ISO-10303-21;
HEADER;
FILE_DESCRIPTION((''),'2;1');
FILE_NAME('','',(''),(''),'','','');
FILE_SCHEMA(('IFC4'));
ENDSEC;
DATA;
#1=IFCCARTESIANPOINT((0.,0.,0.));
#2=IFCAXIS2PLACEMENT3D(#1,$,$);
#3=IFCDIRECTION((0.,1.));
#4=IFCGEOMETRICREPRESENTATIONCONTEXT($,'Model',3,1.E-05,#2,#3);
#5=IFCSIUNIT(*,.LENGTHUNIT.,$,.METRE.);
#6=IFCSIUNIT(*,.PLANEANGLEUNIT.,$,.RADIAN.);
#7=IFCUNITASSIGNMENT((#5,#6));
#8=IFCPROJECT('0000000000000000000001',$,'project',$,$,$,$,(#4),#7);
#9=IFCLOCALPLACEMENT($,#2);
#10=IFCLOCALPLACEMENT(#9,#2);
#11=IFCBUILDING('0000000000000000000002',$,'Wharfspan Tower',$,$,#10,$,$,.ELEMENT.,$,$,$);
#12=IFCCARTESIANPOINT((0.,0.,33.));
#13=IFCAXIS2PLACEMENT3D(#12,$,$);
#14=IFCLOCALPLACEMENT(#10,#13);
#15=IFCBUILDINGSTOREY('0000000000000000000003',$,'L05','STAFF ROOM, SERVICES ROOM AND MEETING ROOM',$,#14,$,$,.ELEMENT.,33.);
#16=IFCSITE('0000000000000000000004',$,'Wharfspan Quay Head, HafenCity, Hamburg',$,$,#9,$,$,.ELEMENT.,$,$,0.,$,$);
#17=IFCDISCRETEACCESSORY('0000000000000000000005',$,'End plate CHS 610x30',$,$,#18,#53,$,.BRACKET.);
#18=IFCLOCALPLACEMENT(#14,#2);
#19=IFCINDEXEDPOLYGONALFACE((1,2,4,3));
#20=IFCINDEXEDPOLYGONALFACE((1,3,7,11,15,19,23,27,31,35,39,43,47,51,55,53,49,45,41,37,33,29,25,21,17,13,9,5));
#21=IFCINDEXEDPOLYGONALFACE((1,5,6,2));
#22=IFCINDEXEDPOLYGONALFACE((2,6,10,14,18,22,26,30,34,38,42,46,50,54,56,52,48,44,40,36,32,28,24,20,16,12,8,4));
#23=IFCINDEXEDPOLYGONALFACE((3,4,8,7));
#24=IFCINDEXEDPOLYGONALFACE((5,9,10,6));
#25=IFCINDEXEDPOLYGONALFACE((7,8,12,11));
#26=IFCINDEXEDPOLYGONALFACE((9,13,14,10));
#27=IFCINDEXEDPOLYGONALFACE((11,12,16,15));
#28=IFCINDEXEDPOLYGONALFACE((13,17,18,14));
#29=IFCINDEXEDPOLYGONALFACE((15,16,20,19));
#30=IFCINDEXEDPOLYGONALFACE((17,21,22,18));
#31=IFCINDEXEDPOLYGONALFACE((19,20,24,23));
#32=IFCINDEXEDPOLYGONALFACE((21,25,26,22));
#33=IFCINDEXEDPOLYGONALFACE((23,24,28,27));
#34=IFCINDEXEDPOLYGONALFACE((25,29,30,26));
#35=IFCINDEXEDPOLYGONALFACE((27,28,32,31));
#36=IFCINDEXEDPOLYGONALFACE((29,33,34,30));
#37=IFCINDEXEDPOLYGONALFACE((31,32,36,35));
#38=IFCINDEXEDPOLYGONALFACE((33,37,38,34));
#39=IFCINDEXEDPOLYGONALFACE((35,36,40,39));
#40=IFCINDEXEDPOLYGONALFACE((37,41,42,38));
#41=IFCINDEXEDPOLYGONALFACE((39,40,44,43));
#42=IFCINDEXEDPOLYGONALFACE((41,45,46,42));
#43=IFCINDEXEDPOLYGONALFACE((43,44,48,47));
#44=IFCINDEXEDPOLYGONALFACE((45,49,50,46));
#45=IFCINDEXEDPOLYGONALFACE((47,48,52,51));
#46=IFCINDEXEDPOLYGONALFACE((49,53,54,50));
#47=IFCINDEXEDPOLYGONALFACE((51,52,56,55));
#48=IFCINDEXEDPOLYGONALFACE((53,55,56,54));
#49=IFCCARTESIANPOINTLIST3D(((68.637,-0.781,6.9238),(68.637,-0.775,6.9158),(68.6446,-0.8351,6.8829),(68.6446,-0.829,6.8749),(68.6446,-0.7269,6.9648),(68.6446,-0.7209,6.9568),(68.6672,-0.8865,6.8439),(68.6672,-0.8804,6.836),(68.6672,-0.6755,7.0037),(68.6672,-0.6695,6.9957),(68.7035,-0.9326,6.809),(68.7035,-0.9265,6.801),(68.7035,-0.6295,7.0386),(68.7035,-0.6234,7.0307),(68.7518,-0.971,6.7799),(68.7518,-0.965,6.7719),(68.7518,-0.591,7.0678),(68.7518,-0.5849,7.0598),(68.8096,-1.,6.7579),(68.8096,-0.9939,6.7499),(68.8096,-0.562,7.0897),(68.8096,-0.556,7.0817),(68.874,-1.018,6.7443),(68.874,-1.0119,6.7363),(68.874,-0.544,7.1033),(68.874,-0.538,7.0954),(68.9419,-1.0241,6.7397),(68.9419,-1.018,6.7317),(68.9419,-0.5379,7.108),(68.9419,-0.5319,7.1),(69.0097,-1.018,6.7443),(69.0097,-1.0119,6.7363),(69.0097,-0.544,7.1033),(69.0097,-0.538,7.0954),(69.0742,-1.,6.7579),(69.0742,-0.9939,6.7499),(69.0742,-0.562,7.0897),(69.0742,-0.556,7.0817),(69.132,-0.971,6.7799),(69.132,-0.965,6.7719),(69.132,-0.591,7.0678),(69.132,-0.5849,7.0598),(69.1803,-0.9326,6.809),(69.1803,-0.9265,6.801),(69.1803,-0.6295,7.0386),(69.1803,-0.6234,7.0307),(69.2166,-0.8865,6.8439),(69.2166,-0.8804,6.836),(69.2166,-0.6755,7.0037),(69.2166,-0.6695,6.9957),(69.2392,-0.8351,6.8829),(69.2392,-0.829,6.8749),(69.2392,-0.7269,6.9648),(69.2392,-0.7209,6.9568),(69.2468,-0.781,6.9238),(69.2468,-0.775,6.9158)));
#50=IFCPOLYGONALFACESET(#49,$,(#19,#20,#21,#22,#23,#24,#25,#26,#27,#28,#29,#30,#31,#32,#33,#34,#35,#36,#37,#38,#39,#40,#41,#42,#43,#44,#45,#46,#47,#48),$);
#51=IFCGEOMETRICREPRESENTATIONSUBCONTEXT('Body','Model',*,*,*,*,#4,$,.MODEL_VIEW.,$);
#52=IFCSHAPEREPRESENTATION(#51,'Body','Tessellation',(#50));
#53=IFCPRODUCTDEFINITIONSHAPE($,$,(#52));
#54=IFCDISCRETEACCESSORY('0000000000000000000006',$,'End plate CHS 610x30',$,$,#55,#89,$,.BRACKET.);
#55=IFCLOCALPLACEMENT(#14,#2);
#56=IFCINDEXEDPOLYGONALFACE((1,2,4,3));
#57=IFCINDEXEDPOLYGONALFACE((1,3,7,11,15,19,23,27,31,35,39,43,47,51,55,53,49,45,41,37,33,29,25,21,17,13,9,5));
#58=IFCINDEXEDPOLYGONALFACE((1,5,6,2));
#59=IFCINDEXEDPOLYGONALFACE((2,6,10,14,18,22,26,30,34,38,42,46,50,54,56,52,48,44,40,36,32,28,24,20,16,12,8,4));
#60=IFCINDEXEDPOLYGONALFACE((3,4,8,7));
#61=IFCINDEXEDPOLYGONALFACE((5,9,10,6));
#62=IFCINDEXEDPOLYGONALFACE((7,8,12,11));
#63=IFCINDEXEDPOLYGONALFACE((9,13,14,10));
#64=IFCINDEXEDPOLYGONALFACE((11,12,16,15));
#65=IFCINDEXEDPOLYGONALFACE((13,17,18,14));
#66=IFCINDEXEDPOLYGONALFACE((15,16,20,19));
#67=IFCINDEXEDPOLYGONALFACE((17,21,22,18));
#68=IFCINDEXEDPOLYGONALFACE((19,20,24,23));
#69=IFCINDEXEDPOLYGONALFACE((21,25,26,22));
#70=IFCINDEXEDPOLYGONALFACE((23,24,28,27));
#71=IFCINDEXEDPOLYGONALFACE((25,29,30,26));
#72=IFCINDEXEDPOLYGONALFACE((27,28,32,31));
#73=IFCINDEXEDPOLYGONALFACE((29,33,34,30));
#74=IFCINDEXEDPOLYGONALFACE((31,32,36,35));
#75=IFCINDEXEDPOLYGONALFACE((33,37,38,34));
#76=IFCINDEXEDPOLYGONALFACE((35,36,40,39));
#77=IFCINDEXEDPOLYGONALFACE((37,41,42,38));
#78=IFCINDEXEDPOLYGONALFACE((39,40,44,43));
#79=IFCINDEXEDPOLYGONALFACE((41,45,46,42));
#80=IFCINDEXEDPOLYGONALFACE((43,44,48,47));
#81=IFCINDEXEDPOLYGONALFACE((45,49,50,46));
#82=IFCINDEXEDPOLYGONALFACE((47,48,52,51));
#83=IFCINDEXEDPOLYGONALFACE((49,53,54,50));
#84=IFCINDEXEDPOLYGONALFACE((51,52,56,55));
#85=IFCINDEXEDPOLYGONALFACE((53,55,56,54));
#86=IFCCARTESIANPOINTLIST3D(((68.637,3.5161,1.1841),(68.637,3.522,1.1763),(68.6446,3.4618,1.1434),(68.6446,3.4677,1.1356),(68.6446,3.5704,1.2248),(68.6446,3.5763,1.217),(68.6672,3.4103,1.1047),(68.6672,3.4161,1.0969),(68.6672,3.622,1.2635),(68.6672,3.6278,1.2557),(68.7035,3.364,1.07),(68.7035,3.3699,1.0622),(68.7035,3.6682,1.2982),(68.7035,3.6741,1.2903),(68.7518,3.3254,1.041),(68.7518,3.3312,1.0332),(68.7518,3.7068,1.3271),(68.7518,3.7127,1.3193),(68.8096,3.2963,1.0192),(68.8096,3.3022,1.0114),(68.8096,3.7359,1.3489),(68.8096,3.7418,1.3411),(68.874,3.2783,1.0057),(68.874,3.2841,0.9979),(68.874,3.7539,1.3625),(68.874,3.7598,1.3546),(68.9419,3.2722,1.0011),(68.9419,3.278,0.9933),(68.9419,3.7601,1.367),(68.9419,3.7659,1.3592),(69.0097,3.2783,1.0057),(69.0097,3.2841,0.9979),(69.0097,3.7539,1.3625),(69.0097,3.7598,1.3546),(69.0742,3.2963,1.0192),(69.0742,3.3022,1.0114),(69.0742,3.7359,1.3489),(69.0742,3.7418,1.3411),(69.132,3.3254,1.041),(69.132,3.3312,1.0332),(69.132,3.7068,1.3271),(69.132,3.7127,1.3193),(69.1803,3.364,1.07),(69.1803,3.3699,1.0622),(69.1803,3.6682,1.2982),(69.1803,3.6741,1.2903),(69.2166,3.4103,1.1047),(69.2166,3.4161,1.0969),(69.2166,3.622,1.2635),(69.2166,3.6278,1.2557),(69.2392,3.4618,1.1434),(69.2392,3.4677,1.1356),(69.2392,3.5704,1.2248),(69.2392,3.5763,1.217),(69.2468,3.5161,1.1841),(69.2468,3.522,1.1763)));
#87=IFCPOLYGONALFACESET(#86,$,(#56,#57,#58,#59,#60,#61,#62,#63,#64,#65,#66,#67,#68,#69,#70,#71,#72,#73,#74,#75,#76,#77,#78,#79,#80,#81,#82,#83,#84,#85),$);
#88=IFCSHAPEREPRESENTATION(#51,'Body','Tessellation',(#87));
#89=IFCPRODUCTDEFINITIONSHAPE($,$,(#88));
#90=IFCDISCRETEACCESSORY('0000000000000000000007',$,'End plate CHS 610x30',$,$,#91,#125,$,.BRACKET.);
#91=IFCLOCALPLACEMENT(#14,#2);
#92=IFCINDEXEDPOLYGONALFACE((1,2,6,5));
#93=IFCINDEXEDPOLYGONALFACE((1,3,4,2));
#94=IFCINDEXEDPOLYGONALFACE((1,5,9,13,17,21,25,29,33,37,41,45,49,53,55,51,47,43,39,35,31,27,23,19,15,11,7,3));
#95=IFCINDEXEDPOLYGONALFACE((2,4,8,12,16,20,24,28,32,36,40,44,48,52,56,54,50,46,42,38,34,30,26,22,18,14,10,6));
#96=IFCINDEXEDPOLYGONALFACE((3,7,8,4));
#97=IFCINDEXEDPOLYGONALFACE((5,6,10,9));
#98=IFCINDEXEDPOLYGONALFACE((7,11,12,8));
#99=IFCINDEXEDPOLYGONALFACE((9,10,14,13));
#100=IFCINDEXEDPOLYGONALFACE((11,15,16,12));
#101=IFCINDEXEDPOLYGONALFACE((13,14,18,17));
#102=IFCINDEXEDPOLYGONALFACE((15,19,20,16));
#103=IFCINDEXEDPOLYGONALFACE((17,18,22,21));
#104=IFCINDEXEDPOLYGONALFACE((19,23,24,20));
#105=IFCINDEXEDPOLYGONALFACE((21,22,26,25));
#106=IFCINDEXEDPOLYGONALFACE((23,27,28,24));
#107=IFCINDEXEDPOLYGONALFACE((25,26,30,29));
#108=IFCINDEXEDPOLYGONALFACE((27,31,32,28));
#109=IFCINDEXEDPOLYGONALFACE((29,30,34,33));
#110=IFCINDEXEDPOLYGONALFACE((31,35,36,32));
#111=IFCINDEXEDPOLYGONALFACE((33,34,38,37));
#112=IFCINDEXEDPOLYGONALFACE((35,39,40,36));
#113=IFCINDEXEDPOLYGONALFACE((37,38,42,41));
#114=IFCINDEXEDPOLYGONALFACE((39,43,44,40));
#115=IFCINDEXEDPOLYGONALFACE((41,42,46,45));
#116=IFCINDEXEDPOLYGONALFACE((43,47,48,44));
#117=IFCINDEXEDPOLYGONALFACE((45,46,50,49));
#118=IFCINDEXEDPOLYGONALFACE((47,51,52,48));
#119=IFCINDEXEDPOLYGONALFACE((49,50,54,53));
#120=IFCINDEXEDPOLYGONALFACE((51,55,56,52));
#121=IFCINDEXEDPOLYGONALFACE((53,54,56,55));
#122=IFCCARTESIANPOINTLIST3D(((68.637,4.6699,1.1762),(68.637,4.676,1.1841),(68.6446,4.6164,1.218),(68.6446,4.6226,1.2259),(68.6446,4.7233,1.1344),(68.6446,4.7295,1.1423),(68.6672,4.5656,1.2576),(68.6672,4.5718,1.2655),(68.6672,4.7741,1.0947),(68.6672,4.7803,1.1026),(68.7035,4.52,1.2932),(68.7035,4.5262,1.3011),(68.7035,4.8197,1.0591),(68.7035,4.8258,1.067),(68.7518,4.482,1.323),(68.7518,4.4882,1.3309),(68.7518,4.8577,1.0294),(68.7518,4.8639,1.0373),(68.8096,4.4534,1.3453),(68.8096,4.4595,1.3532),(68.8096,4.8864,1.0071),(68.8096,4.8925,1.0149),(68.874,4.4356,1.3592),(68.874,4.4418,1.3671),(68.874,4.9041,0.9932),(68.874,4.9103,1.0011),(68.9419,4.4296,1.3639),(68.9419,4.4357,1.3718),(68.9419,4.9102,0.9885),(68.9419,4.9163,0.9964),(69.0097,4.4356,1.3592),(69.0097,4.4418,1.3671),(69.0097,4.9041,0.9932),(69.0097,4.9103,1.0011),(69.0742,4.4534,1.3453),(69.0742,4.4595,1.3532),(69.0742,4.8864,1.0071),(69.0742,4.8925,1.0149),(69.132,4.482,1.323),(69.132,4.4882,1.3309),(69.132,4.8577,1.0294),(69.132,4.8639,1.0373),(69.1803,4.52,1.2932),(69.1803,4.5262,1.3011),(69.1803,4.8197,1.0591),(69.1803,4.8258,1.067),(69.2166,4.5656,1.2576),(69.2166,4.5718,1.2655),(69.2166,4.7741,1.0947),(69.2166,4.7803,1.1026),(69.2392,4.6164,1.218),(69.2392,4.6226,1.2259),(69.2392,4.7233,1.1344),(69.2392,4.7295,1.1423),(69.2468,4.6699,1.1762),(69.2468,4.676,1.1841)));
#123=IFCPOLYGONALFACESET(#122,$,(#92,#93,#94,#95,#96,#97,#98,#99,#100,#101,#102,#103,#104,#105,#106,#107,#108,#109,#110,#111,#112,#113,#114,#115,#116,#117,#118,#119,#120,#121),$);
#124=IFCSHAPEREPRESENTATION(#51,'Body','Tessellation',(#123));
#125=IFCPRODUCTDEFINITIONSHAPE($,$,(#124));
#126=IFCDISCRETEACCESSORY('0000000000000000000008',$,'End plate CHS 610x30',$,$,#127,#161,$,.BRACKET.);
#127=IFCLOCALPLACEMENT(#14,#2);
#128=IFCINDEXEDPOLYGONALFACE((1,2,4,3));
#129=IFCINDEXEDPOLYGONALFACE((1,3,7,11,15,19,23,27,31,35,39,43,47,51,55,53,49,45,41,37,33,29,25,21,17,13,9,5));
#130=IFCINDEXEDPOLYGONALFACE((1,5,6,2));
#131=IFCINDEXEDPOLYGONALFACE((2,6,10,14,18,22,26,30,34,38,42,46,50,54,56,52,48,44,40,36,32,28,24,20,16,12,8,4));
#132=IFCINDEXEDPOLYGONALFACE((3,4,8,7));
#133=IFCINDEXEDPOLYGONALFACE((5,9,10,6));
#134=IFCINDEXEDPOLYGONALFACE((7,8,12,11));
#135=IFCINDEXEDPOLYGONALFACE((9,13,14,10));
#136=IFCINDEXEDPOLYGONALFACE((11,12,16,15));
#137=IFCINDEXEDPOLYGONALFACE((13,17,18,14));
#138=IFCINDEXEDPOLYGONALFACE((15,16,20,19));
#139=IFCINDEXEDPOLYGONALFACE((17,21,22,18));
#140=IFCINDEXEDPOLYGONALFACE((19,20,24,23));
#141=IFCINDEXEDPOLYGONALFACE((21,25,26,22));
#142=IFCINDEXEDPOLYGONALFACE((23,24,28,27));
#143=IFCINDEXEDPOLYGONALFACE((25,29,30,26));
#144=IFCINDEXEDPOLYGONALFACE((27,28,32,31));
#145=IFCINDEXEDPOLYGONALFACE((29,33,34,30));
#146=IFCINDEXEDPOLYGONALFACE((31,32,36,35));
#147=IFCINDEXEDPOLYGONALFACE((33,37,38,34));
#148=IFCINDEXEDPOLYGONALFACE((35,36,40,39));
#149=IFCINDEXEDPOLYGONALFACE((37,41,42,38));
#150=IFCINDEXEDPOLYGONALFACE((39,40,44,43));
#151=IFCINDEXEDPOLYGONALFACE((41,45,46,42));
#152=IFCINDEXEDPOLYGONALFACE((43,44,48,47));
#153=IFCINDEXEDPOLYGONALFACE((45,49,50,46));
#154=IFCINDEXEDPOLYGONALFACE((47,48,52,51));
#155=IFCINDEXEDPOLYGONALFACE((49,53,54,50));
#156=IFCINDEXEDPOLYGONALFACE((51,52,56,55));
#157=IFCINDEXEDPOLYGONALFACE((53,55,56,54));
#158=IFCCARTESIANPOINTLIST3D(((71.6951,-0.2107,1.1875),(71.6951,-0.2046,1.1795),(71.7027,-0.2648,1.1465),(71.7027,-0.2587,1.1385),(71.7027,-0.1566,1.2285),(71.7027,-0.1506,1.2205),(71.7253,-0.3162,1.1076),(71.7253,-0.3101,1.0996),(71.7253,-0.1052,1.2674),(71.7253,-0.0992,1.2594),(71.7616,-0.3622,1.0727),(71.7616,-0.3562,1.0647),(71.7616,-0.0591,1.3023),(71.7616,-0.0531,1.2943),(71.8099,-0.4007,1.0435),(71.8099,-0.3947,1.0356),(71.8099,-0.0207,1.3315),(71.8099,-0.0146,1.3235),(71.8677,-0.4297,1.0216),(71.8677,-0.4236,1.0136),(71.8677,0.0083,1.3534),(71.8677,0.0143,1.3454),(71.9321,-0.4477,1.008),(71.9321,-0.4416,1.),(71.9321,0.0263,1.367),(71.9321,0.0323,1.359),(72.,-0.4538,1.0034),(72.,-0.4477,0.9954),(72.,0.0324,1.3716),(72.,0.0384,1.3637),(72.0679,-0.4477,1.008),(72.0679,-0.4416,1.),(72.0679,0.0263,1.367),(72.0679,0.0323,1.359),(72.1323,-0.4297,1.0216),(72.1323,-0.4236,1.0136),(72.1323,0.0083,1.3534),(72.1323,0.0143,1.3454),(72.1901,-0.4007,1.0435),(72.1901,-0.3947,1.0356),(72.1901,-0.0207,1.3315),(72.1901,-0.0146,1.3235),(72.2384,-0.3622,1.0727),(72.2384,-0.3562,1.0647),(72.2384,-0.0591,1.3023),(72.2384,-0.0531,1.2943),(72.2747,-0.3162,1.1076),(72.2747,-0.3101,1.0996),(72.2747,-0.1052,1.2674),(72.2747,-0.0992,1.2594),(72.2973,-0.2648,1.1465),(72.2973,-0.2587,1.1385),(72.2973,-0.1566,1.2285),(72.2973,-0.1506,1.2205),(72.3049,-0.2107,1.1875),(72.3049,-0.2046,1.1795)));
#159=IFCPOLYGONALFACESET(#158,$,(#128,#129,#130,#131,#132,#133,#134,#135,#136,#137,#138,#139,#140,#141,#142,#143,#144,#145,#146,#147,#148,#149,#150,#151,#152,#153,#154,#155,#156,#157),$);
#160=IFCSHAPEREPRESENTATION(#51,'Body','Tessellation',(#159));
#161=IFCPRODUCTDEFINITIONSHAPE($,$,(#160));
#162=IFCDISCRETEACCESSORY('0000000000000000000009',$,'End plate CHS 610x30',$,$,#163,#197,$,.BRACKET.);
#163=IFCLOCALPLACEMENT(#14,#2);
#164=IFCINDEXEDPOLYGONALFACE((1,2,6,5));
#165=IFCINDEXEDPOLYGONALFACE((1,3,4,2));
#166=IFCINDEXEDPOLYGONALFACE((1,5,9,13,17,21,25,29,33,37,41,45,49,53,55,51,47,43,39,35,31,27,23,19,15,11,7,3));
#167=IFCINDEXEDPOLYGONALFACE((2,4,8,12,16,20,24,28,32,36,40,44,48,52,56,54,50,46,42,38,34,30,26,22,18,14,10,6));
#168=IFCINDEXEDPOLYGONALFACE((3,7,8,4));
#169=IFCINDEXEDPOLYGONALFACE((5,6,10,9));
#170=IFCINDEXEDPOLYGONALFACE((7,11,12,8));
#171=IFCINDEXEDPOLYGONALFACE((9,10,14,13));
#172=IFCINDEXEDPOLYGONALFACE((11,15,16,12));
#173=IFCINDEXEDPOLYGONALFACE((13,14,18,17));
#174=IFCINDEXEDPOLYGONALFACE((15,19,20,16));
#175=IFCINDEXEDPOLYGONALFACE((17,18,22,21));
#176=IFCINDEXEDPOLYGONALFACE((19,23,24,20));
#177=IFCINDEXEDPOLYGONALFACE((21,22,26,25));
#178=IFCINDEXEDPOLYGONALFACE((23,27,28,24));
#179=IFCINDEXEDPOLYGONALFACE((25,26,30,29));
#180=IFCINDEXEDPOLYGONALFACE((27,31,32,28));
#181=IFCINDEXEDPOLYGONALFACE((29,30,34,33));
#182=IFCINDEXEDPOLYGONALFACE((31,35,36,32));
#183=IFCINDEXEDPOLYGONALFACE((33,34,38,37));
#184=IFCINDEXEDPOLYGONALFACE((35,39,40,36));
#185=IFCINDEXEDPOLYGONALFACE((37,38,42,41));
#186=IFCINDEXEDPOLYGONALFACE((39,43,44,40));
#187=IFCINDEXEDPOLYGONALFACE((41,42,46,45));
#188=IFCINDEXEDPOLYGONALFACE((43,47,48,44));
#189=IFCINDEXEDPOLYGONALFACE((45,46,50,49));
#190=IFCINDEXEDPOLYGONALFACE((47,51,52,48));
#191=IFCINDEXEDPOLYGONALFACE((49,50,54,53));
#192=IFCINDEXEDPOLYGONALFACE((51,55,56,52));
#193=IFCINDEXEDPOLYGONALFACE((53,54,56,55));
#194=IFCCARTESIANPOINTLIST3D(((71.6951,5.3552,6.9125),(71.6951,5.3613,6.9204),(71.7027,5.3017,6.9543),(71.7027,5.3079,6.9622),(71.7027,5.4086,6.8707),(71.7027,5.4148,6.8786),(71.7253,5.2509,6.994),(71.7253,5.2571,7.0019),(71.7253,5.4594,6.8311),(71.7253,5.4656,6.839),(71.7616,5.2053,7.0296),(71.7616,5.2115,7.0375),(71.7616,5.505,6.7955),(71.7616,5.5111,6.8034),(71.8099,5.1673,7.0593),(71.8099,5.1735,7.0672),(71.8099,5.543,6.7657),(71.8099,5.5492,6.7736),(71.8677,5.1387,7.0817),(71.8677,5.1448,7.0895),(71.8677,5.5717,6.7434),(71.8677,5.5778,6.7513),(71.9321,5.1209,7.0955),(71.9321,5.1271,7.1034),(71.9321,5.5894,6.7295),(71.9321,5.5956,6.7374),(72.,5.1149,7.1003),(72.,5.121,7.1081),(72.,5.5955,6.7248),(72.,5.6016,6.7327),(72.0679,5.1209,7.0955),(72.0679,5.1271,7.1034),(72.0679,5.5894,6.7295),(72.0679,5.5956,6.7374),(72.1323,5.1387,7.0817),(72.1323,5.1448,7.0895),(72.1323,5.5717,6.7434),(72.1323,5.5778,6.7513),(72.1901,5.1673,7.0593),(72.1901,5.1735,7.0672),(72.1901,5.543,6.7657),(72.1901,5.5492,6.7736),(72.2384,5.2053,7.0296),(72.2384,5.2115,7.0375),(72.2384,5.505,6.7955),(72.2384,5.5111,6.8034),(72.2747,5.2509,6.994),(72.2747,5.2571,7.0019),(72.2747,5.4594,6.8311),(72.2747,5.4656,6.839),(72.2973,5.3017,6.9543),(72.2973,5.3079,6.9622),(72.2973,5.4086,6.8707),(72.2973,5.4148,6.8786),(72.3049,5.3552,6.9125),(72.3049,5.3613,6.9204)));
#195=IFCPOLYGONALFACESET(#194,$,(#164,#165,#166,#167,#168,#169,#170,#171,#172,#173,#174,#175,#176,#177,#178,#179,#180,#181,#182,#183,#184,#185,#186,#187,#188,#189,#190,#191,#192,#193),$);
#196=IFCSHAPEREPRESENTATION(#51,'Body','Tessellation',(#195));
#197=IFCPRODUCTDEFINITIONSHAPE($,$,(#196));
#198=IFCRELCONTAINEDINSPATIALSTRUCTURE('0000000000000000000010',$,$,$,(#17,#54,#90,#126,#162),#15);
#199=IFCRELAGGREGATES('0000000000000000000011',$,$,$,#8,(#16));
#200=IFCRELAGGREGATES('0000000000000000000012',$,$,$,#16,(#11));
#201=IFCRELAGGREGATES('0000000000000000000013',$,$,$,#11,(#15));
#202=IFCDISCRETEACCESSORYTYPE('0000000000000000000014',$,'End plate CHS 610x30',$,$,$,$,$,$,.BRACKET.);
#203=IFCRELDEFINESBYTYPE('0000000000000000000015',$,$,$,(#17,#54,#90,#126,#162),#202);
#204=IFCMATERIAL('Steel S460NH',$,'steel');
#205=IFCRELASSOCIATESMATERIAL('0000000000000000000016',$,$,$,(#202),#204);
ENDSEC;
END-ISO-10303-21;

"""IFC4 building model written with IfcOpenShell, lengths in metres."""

from ifc_helpers import new_model, si_unit, direction, frame, origin, origin_2d, place, context, subcontext, project, spatial, circle, extrude, material, material_profile, profile_set, type_object, element, save


model = new_model("IFC4")

# Units and contexts
model_context = context("Model", 3, precision=1e-05, world=origin(), true_north=direction((0.0, 1.0)))
body_context = subcontext(model_context, "Body", "Model", "MODEL_VIEW")
ifc_project = project(units=[si_unit("LENGTHUNIT", "METRE"), si_unit("PLANEANGLEUNIT", "RADIAN")], contexts=[model_context])

# Site, building, storey
site_placement = place(None, origin())
site = spatial("IfcSite", under=ifc_project, at=site_placement, Name="Wharfspan Quay Head, HafenCity, Hamburg", CompositionType="ELEMENT", RefElevation=0.0)
building_placement = place(site_placement, origin())
building = spatial("IfcBuilding", under=site, at=building_placement, Name="Wharfspan Tower", CompositionType="ELEMENT")
storey_placement = place(building_placement, frame((0.0, 0.0, 33.0)))
storey = spatial("IfcBuildingStorey", under=building, at=storey_placement, Name="L05", Description="STAFF ROOM, SERVICES ROOM AND MEETING ROOM", CompositionType="ELEMENT", Elevation=33.0)

# Shared definitions
ifc_material_1 = material(Name="Steel S460NH", Category="steel")

# Discrete accessories
ifc_material_profile_1 = material_profile(ifc_material_1, circle(Radius=0.3049, at=origin_2d()))
ifc_profile_set_1 = profile_set([ifc_material_profile_1], Name="Steel S460NH")
discrete_accessory_type_1 = type_object("IfcDiscreteAccessoryType", Name="End plate CHS 610x30", PredefinedType="BRACKET", material=ifc_profile_set_1)
for number, where, z_axis, x_axis, name in (
    (1, (68.9419, -0.781, 6.9238), (0.0, 0.603858, -0.797092), (-1.0, 0.0, 0.0), "End plate CHS 610x30"),
):
    element("IfcDiscreteAccessory", number, at=place(storey_placement, frame(where, z_axis=z_axis, x_axis=x_axis)), inside=storey, type_object=discrete_accessory_type_1, Name=name, PredefinedType="BRACKET", context=body_context, shape_type="SweptSolid", body=[
        extrude(circle(Radius=0.3049, at=origin_2d()), origin(), (0.0, 0.0, 1.0), 0.01),
    ])
discrete_accessory_placement = place(storey_placement, frame((68.9419, 3.5161, 1.1841), z_axis=(0.0, 0.6, -0.8), x_axis=(-1.0, 0.0, 0.0)))
element("IfcDiscreteAccessory", 2, at=discrete_accessory_placement, inside=storey, type_object=discrete_accessory_type_1, Name="End plate CHS 610x30", PredefinedType="BRACKET", context=body_context, shape_type="SweptSolid", body=[
    extrude(circle(Radius=0.3049, at=origin_2d()), origin(), (0.0, 0.0, 1.0), 0.0098),
])
for number, where, z_axis, x_axis, name in (
    (3, (68.9419, 4.676, 1.1841), (0.0, -0.615644, -0.788024), (1.0, 0.0, 0.0), "End plate CHS 610x30"),
    (4, (72.0, -0.2107, 1.1875), (0.0, 0.603858, -0.797092), (-1.0, 0.0, 0.0), "End plate CHS 610x30"),
    (5, (72.0, 5.3613, 6.9204), (0.0, -0.615644, -0.788024), (1.0, 0.0, 0.0), "End plate CHS 610x30"),
):
    element("IfcDiscreteAccessory", number, at=place(storey_placement, frame(where, z_axis=z_axis, x_axis=x_axis)), inside=storey, type_object=discrete_accessory_type_1, Name=name, PredefinedType="BRACKET", context=body_context, shape_type="SweptSolid", body=[
        extrude(circle(Radius=0.3049, at=origin_2d()), origin(), (0.0, 0.0, 1.0), 0.01),
    ])

save(model, "model.ifc")
